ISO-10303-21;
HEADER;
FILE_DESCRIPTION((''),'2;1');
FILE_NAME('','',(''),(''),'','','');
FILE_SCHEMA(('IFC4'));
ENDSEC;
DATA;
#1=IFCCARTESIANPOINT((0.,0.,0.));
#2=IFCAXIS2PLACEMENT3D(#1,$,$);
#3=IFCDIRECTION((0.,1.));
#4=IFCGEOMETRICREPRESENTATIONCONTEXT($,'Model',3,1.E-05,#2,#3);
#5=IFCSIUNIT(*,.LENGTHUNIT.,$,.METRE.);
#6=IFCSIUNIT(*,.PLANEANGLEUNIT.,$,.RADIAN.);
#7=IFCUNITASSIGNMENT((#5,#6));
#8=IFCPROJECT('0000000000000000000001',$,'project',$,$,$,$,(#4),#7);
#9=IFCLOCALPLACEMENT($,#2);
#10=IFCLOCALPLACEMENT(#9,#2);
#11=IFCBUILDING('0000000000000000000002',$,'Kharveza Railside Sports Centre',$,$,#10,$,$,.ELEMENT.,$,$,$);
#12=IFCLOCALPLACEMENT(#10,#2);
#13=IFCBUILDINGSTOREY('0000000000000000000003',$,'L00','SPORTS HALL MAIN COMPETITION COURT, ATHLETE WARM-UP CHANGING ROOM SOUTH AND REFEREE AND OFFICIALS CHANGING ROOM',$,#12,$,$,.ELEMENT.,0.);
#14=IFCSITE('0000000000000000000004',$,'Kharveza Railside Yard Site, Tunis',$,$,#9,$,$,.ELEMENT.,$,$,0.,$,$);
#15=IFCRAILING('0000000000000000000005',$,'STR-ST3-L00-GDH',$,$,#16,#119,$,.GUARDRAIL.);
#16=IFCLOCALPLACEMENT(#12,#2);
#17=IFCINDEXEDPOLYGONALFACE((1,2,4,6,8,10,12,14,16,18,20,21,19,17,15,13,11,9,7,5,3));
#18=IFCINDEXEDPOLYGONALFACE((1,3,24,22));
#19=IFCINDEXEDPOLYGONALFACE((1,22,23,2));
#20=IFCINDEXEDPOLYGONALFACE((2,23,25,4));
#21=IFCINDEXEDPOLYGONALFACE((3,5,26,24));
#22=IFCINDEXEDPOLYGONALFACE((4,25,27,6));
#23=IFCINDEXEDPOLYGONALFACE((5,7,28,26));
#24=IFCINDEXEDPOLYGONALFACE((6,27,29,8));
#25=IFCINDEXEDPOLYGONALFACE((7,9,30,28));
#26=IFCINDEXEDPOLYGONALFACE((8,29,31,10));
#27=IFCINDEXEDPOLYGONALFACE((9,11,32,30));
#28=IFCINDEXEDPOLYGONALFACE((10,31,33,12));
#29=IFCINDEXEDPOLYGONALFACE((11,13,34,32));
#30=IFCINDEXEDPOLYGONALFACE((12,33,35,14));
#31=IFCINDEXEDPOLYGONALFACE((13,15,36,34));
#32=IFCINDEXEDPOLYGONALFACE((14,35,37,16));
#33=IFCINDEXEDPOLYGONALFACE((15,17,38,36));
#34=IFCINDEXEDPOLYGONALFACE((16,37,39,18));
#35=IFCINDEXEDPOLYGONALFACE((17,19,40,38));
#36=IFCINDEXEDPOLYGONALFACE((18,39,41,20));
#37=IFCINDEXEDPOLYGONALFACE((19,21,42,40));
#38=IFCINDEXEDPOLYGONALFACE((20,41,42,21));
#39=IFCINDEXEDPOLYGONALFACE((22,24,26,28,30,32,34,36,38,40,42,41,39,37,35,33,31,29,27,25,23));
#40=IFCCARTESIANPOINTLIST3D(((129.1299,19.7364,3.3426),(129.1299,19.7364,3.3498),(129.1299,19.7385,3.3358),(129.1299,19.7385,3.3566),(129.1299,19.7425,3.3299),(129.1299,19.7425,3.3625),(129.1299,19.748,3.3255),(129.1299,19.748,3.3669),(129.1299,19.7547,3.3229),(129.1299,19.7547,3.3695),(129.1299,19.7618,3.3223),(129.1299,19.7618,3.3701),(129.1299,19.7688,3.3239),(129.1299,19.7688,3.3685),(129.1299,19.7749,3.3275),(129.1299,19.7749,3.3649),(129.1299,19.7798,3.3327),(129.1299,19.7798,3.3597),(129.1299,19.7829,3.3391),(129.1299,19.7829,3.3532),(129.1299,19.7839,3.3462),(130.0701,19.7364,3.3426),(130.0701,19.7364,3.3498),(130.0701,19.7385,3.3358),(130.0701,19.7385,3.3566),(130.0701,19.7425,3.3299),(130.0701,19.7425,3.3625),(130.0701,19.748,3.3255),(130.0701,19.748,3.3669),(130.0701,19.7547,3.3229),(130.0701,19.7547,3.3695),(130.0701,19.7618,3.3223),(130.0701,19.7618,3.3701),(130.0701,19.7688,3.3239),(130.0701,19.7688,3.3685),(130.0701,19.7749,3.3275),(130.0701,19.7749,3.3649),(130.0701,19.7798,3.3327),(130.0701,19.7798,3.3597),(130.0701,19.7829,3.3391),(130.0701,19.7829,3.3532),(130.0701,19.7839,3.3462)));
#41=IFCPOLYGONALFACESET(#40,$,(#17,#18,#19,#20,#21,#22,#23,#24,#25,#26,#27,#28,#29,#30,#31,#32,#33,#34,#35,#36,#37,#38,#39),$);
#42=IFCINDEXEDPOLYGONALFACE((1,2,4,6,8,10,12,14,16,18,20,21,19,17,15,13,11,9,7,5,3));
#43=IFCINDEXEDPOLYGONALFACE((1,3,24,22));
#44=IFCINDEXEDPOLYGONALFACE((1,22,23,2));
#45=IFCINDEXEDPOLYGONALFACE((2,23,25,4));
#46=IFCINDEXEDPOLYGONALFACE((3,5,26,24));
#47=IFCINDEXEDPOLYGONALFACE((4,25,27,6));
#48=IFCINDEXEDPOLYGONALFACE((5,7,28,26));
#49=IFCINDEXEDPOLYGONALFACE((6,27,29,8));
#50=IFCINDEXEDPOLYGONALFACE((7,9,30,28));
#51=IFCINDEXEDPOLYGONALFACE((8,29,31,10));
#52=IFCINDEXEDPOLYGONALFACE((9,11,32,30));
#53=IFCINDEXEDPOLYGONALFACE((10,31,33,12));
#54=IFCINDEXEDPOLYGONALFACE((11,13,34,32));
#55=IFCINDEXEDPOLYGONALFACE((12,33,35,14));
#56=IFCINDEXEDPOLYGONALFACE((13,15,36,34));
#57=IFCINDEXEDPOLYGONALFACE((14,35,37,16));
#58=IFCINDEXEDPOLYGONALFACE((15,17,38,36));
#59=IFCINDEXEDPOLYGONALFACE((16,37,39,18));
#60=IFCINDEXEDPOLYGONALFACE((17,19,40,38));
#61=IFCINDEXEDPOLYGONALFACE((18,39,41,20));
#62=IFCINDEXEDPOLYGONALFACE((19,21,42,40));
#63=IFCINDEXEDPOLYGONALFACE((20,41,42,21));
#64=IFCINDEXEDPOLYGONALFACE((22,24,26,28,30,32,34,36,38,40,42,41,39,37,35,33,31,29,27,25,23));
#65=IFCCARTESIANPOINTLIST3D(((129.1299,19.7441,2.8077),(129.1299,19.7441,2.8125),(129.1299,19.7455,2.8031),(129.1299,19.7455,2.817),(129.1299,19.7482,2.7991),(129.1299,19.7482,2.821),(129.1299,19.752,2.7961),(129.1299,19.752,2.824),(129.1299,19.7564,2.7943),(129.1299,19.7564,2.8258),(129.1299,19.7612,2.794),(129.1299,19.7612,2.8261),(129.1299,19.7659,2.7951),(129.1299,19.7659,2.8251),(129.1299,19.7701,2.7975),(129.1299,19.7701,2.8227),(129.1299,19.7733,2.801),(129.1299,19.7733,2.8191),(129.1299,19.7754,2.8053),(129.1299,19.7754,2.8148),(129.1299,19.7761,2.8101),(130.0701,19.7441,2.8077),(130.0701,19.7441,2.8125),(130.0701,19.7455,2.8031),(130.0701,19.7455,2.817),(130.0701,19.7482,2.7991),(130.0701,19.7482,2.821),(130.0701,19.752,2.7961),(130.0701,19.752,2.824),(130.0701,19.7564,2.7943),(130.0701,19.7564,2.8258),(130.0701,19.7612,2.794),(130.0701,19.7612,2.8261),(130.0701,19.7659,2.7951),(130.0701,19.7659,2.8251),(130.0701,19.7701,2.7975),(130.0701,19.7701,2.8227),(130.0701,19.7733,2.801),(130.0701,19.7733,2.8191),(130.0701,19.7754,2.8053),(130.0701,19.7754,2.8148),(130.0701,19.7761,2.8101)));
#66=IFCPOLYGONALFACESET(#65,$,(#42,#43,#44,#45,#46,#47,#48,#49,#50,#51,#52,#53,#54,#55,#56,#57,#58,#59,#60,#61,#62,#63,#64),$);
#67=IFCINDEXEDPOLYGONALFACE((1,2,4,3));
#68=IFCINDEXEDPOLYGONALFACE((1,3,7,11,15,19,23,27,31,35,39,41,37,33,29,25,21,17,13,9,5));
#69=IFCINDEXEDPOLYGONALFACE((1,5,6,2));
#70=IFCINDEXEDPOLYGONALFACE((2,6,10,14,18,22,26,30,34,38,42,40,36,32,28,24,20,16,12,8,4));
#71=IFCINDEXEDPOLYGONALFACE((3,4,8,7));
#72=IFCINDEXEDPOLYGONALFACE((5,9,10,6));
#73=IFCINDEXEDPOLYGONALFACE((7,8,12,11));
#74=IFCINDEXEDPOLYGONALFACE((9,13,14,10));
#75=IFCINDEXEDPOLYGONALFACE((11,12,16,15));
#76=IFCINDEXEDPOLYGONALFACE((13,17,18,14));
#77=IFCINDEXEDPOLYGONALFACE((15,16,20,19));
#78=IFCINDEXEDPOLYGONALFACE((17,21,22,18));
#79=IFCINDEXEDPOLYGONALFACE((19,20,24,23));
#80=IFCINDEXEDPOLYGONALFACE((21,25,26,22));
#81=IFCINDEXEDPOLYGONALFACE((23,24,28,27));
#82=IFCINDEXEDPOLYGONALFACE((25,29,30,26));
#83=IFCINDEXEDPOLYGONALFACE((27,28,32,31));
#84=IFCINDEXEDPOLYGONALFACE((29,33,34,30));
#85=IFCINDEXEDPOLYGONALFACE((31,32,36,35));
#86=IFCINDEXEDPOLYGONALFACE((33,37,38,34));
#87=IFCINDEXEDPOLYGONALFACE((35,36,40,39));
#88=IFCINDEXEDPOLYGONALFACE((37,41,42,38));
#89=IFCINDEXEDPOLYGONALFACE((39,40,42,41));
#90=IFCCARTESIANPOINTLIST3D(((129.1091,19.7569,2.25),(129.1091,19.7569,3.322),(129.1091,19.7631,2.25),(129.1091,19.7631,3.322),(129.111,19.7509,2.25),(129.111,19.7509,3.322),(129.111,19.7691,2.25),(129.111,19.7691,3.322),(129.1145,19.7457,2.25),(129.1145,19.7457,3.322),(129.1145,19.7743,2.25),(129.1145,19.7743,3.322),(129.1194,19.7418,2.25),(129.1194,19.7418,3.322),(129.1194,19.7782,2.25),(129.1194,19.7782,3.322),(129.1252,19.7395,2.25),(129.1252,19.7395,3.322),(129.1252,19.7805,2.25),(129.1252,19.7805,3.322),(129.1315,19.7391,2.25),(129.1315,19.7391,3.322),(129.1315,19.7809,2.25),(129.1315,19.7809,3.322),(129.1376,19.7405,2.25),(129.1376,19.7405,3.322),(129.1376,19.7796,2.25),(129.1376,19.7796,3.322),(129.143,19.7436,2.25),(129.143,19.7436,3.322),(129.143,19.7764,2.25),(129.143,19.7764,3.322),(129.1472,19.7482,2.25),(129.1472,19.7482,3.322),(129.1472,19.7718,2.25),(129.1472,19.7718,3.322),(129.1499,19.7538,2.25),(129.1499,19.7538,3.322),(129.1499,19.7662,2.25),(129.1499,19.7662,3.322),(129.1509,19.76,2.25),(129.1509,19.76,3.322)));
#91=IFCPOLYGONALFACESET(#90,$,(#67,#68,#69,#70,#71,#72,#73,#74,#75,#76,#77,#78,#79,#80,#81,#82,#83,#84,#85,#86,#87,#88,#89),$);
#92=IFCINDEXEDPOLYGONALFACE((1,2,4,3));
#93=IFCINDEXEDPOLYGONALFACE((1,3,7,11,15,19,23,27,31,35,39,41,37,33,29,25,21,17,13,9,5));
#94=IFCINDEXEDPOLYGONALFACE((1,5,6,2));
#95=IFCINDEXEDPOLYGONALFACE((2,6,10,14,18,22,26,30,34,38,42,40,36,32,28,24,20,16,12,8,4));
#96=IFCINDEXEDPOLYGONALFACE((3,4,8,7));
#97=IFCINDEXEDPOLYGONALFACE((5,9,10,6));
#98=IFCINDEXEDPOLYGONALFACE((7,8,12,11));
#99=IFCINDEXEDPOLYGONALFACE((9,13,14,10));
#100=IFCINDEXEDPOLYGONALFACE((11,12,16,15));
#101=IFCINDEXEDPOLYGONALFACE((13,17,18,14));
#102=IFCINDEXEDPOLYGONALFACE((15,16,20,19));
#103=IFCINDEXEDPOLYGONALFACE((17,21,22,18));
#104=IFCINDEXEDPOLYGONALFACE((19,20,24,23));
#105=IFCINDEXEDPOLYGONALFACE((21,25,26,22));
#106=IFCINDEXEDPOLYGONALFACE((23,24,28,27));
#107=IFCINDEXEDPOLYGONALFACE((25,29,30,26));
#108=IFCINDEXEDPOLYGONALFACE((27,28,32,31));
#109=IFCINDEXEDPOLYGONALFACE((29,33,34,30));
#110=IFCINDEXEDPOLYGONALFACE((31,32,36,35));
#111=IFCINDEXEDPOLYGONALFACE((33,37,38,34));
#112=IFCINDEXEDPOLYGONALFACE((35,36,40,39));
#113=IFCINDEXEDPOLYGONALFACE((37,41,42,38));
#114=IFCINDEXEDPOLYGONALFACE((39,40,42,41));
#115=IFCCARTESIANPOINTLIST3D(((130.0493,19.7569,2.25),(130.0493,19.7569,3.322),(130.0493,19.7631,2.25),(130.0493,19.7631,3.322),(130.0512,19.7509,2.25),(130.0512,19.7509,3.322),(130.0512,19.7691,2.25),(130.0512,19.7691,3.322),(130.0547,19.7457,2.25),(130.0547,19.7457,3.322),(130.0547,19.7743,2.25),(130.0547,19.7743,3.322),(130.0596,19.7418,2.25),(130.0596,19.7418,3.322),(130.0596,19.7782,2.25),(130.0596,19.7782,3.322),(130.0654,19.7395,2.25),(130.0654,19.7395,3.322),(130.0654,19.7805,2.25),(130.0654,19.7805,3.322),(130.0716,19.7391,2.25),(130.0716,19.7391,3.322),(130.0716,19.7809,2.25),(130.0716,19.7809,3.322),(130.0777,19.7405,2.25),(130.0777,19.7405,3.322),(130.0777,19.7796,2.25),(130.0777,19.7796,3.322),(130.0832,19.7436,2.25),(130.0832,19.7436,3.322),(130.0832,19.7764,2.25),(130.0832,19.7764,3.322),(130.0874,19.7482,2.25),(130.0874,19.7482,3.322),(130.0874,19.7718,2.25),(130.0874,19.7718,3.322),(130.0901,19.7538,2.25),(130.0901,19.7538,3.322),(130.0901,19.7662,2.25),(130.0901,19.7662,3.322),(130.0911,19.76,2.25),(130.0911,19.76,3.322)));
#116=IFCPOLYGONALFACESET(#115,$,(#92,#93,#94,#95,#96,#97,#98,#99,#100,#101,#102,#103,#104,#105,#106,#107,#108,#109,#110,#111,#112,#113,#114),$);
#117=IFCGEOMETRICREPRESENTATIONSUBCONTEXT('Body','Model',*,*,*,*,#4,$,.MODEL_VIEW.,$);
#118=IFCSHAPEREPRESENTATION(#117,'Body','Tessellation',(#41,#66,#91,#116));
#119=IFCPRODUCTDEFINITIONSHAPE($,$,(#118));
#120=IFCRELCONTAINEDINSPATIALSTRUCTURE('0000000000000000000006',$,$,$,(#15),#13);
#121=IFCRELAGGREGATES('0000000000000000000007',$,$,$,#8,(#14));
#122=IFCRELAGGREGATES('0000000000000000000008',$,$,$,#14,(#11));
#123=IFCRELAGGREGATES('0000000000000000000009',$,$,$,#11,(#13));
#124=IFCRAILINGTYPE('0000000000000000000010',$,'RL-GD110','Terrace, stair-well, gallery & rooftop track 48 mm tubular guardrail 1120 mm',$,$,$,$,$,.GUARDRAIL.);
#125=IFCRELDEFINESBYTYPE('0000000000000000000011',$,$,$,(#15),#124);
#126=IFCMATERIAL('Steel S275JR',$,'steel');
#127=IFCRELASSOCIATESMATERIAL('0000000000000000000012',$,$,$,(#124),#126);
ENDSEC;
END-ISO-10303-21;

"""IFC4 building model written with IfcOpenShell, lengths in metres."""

from ifc_helpers import new_model, si_unit, direction, frame, origin, origin_2d, place, context, subcontext, project, spatial, circle, extrude, material, type_object, element, save


model = new_model("IFC4")

# Units and contexts
model_context = context("Model", 3, precision=1e-05, world=origin(), true_north=direction((0.0, 1.0)))
body_context = subcontext(model_context, "Body", "Model", "MODEL_VIEW")
ifc_project = project(units=[si_unit("LENGTHUNIT", "METRE"), si_unit("PLANEANGLEUNIT", "RADIAN")], contexts=[model_context])

# Site, building, storey
site_placement = place(None, origin())
site = spatial("IfcSite", under=ifc_project, at=site_placement, Name="Kharveza Railside Yard Site, Tunis", CompositionType="ELEMENT", RefElevation=0.0)
building_placement = place(site_placement, origin())
building = spatial("IfcBuilding", under=site, at=building_placement, Name="Kharveza Railside Sports Centre", CompositionType="ELEMENT")
storey_placement = place(building_placement, origin())
storey = spatial("IfcBuildingStorey", under=building, at=storey_placement, Name="L00", Description="SPORTS HALL MAIN COMPETITION COURT, ATHLETE WARM-UP CHANGING ROOM SOUTH AND REFEREE AND OFFICIALS CHANGING ROOM", CompositionType="ELEMENT", Elevation=0.0)

# Railing
ifc_material_1 = material(Name="Steel S275JR", Category="steel")
railing_type_1 = type_object("IfcRailingType", Name="RL-GD110", Description="Terrace, stair-well, gallery & rooftop track 48 mm tubular guardrail 1120 mm", PredefinedType="GUARDRAIL", material=ifc_material_1)
railing_1_placement = place(storey_placement, frame((129.1299, 19.76, 2.25)))
element("IfcRailing", 1, at=railing_1_placement, inside=storey, type_object=railing_type_1, Name="STR-ST3-L00-GDH", PredefinedType="GUARDRAIL", context=body_context, shape_type="SweptSolid", body=[
    extrude(circle(Radius=0.0239, at=origin_2d()), frame((0.0, 0.0, 1.0962), z_axis=(1.0, 0.0, 0.0), x_axis=(0.0, 1.0, 0.0)), (0.0, 0.0, 1.0), 0.9402),
    extrude(circle(Radius=0.0161, at=origin_2d()), frame((0.0, 0.0, 0.5601), z_axis=(1.0, 0.0, 0.0), x_axis=(0.0, 1.0, 0.0)), (0.0, 0.0, 1.0), 0.9402),
    extrude(circle(Radius=0.021, at=origin_2d()), origin(), (0.0, 0.0, 1.0), 1.072),
    extrude(circle(Radius=0.021, at=origin_2d()), frame((0.9402, 0.0, 0.0)), (0.0, 0.0, 1.0), 1.072),
])

save(model, "model.ifc")
